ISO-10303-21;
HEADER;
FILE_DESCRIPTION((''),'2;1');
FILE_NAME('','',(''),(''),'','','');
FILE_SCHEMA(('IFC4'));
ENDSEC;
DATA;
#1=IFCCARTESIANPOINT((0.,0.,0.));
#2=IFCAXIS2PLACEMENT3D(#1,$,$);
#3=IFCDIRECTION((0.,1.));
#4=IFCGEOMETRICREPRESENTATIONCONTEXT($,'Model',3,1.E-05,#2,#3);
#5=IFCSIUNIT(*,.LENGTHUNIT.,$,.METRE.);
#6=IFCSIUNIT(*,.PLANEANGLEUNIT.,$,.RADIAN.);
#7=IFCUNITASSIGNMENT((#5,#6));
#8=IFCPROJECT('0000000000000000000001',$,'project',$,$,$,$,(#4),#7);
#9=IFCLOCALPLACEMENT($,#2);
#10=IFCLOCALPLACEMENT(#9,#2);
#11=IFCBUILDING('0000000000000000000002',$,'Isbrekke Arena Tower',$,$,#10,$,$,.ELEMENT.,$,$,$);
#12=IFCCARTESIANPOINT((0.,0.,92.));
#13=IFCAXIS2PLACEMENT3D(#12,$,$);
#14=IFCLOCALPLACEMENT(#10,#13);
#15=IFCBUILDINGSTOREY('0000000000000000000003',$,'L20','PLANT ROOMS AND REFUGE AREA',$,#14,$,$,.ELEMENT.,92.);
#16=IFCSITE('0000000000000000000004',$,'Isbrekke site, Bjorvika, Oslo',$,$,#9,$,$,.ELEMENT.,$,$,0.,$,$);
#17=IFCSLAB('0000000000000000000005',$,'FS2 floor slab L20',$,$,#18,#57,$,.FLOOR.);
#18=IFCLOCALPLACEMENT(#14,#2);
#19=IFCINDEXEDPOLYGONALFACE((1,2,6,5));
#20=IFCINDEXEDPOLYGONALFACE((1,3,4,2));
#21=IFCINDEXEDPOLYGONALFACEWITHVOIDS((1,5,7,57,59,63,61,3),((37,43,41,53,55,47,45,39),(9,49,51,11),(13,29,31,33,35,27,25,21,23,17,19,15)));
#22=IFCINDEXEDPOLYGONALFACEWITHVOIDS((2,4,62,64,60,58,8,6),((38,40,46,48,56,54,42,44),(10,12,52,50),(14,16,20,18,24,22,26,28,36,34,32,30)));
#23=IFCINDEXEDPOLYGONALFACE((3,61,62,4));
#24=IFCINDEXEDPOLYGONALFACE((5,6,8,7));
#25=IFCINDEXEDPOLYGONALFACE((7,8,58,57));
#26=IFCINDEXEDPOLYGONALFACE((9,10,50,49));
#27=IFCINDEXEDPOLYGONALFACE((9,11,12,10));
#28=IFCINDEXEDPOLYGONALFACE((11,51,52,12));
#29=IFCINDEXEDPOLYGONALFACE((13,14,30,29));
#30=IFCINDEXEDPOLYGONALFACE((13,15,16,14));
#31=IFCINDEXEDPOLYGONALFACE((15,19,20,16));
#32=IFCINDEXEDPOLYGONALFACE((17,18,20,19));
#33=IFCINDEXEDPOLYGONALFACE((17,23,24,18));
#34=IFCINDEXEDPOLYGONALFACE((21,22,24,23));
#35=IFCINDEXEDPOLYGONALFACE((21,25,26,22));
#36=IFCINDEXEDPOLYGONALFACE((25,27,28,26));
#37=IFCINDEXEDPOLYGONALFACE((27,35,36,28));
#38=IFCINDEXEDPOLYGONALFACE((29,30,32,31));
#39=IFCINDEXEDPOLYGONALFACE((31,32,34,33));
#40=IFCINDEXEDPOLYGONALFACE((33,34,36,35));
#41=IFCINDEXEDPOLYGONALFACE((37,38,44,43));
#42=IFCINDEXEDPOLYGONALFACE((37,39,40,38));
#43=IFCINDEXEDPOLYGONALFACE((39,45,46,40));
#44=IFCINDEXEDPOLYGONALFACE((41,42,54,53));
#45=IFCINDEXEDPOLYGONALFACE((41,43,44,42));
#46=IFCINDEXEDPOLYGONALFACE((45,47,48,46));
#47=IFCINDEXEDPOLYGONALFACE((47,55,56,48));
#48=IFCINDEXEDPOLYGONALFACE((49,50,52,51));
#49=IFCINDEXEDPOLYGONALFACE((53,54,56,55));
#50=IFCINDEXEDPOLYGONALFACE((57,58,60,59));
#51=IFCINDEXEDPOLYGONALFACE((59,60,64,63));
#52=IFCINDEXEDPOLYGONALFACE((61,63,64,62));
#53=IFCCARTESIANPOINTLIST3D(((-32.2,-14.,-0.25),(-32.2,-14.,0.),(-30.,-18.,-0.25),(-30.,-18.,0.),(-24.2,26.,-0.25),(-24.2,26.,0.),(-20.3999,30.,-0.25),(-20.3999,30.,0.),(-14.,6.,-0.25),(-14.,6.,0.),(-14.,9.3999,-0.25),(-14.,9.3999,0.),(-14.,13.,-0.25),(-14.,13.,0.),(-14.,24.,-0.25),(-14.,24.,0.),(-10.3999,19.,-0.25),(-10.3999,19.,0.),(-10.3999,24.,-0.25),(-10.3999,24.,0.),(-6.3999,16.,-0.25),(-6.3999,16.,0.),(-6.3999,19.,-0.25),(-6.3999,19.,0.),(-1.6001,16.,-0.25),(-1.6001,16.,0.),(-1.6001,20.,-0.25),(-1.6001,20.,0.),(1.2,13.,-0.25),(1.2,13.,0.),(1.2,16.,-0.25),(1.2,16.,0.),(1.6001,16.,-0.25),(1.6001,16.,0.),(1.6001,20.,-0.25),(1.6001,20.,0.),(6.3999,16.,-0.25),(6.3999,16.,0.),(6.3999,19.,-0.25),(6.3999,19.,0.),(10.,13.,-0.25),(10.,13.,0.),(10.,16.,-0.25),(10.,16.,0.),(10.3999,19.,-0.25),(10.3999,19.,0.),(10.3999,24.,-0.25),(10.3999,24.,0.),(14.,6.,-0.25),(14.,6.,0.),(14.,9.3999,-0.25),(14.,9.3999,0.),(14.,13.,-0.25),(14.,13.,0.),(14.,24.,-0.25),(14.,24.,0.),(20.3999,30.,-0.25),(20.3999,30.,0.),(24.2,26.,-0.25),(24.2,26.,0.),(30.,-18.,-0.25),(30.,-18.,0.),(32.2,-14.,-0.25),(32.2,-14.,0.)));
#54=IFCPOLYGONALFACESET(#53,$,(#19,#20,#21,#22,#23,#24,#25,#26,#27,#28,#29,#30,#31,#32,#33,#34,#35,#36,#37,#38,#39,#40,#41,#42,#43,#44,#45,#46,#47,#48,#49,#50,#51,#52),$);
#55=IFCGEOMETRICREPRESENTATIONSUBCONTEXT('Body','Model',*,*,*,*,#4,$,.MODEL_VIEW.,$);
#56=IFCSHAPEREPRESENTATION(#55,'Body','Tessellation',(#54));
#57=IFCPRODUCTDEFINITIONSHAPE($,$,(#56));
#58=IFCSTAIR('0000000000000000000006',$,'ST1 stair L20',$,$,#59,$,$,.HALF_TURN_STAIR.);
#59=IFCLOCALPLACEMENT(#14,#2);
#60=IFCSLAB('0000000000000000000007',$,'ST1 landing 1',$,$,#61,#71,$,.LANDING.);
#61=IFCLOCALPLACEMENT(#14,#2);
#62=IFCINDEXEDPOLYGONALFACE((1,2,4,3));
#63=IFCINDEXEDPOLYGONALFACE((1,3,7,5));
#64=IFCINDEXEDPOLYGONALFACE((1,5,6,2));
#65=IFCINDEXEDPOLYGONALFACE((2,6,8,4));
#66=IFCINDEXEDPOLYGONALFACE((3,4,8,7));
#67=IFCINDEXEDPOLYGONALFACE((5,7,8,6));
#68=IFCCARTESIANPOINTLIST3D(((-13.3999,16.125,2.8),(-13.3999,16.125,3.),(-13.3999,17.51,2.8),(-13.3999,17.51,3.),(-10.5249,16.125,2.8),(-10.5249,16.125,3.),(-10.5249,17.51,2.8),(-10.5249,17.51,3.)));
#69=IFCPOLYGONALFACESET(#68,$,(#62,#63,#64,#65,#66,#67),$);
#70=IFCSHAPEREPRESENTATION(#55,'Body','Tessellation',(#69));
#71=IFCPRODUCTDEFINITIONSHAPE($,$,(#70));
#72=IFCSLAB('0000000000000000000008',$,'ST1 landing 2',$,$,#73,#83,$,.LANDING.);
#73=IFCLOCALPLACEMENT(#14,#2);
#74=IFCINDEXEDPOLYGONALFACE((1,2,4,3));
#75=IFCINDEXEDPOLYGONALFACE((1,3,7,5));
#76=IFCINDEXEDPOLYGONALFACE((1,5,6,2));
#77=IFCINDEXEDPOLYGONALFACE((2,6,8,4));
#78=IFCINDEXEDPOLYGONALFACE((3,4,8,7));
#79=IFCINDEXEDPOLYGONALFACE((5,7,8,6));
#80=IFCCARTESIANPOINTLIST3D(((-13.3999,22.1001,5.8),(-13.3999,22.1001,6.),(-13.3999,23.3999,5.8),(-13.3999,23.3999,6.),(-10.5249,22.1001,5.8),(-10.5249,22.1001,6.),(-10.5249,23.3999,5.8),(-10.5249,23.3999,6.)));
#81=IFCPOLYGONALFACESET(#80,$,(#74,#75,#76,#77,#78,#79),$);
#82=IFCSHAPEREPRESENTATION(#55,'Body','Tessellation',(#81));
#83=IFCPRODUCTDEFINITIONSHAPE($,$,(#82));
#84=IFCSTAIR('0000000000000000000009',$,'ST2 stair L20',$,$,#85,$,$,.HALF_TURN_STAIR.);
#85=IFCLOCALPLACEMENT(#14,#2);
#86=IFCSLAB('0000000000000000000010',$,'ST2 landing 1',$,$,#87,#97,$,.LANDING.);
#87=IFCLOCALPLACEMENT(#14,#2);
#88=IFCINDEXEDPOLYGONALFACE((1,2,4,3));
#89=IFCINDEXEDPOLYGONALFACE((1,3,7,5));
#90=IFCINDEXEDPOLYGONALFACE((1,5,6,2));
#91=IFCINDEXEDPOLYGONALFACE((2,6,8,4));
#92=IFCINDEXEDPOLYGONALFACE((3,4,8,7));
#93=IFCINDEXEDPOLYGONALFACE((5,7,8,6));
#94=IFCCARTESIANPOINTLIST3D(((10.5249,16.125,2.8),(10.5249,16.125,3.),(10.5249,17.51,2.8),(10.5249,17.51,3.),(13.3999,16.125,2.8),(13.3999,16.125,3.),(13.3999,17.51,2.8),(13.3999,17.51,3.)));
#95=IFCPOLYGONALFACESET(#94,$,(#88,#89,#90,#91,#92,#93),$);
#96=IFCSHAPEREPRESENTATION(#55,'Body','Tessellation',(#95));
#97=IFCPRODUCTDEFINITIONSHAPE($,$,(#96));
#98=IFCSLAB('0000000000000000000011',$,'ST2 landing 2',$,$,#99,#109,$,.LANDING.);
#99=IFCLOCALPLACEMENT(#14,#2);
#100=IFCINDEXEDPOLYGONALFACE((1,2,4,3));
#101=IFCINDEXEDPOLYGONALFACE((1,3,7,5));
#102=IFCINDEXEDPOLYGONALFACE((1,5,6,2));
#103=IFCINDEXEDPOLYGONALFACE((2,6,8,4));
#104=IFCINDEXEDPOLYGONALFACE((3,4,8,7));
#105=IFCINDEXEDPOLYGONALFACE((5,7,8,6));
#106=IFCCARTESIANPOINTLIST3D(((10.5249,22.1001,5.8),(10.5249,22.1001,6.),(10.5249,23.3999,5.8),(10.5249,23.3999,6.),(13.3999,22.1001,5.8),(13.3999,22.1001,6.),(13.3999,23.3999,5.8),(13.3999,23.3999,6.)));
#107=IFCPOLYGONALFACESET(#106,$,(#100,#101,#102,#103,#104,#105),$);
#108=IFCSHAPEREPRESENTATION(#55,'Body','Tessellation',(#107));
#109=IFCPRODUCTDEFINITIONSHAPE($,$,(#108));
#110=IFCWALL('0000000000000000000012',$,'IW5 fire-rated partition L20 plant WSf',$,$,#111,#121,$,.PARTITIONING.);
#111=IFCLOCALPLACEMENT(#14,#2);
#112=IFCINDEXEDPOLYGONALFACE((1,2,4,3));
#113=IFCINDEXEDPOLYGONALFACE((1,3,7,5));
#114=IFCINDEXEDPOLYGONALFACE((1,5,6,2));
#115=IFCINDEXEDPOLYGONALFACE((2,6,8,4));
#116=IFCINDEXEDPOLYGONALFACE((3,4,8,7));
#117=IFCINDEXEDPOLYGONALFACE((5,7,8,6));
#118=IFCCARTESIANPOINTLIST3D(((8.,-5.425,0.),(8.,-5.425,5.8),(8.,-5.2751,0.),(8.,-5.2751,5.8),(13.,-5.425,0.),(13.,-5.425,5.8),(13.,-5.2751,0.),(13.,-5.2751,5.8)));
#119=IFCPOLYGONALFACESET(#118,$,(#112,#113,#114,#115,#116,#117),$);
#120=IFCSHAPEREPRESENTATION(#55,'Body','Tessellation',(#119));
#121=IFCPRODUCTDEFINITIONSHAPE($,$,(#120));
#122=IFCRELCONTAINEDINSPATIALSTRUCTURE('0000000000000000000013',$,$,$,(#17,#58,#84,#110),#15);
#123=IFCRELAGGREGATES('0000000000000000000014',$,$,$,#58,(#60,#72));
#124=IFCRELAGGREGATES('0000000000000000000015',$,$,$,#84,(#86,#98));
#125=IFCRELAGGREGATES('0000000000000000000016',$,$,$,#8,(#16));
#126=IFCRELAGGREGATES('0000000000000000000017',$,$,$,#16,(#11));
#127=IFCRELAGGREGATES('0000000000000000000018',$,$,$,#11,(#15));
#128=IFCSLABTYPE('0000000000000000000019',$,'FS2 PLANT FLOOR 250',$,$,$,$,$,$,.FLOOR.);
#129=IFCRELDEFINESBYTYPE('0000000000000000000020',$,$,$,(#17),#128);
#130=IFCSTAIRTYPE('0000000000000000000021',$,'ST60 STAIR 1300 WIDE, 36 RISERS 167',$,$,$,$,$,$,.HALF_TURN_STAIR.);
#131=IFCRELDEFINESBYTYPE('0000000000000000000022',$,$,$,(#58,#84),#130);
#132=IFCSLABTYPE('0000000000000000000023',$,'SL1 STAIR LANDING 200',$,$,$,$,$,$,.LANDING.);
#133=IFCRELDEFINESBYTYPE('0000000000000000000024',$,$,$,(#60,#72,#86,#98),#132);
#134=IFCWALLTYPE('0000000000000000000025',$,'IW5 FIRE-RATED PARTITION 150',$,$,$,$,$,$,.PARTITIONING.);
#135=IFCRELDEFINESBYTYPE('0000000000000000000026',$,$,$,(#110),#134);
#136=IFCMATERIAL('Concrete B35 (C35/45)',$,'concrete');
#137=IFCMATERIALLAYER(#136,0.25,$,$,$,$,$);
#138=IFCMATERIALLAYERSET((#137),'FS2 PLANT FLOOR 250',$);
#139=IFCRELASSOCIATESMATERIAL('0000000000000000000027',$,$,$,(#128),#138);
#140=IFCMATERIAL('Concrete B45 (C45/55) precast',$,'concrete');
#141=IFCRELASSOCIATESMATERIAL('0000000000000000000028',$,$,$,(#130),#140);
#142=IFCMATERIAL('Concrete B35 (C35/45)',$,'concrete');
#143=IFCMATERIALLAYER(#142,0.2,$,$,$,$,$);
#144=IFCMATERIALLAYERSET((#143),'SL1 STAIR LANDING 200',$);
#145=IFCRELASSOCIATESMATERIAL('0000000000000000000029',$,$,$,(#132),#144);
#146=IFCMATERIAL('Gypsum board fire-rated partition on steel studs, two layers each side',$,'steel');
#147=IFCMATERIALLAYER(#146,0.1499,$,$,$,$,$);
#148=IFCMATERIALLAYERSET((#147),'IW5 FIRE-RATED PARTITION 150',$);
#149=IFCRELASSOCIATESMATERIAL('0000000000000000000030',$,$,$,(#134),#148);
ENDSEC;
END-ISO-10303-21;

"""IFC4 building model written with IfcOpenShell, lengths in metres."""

from ifc_helpers import new_model, si_unit, direction, frame, frame_2d, origin, place, context, subcontext, project, spatial, polyline, rectangle, outline, extrude, material, layer, layer_set, type_object, element, aggregate, save


model = new_model("IFC4")

# Units and contexts
model_context = context("Model", 3, precision=1e-05, world=origin(), true_north=direction((0.0, 1.0)))
body_context = subcontext(model_context, "Body", "Model", "MODEL_VIEW")
ifc_project = project(units=[si_unit("LENGTHUNIT", "METRE"), si_unit("PLANEANGLEUNIT", "RADIAN")], contexts=[model_context])

# Site, building, storey
site_placement = place(None, origin())
site = spatial("IfcSite", under=ifc_project, at=site_placement, Name="Isbrekke site, Bjorvika, Oslo", CompositionType="ELEMENT", RefElevation=0.0)
building_placement = place(site_placement, origin())
building = spatial("IfcBuilding", under=site, at=building_placement, Name="Isbrekke Arena Tower", CompositionType="ELEMENT")
storey_placement = place(building_placement, frame((0.0, 0.0, 92.0)))
storey = spatial("IfcBuildingStorey", under=building, at=storey_placement, Name="L20", Description="PLANT ROOMS AND REFUGE AREA", CompositionType="ELEMENT", Elevation=92.0)

# Slab
ifc_material_1 = material(Name="Concrete B35 (C35/45)", Category="concrete")
ifc_layer_1 = layer(ifc_material_1, 0.25)
ifc_layer_set_1 = layer_set([ifc_layer_1], Name="FS2 PLANT FLOOR 250")
slab_type_1 = type_object("IfcSlabType", Name="FS2 PLANT FLOOR 250", PredefinedType="FLOOR", material=ifc_layer_set_1)
slab_1_placement = place(storey_placement, frame((0.0, 0.0, -0.25)))
element("IfcSlab", 1, at=slab_1_placement, inside=storey, type_object=slab_type_1, Name="FS2 floor slab L20", PredefinedType="FLOOR", context=body_context, shape_type="SweptSolid", body=[
    extrude(outline(polyline([(-30.0, -18.0), (30.0, -18.0), (32.2, -14.0), (24.2, 26.0), (20.3999, 30.0), (-20.3999, 30.0), (-24.2, 26.0), (-32.2, -14.0), (-30.0, -18.0)]), holes=[polyline([(14.0, 9.3999), (14.0, 6.0), (-14.0, 6.0), (-14.0, 9.3999), (14.0, 9.3999)]), polyline([(-6.3999, 19.0), (-6.3999, 16.0), (-1.6001, 16.0), (-1.6001, 20.0), (1.6001, 20.0), (1.6001, 16.0), (1.2, 16.0), (1.2, 13.0), (-14.0, 13.0), (-14.0, 24.0), (-10.3999, 24.0), (-10.3999, 19.0), (-6.3999, 19.0)]), polyline([(10.0, 13.0), (10.0, 16.0), (6.3999, 16.0), (6.3999, 19.0), (10.3999, 19.0), (10.3999, 24.0), (14.0, 24.0), (14.0, 13.0), (10.0, 13.0)])]), origin(), (0.0, 0.0, 1.0), 0.25),
])

# Stairs, slabs
ifc_material_2 = material(Name="Concrete B45 (C45/55) precast", Category="concrete")
stair_type = type_object("IfcStairType", Name="ST60 STAIR 1300 WIDE, 36 RISERS 167", PredefinedType="HALF_TURN_STAIR", material=ifc_material_2)
stair_1_placement = place(storey_placement, origin())
stair_1 = element("IfcStair", 2, at=stair_1_placement, inside=storey, type_object=stair_type, Name="ST1 stair L20", PredefinedType="HALF_TURN_STAIR")
ifc_material_3 = material(Name="Concrete B35 (C35/45)", Category="concrete")
ifc_layer_2 = layer(ifc_material_3, 0.2)
ifc_layer_set_2 = layer_set([ifc_layer_2], Name="SL1 STAIR LANDING 200")
slab_type_2 = type_object("IfcSlabType", Name="SL1 STAIR LANDING 200", PredefinedType="LANDING", material=ifc_layer_set_2)
slab_2_placement = place(storey_placement, frame((0.0, 0.0, 2.8)))
slab_2 = element("IfcSlab", 3, at=slab_2_placement, type_object=slab_type_2, Name="ST1 landing 1", PredefinedType="LANDING", context=body_context, shape_type="SweptSolid", body=[
    extrude(outline(polyline([(-13.3999, 16.125), (-10.5249, 16.125), (-10.5249, 17.51), (-13.3999, 17.51), (-13.3999, 16.125)])), origin(), (0.0, 0.0, 1.0), 0.2),
])
slab_3_placement = place(storey_placement, frame((0.0, 0.0, 5.8)))
slab_3 = element("IfcSlab", 4, at=slab_3_placement, type_object=slab_type_2, Name="ST1 landing 2", PredefinedType="LANDING", context=body_context, shape_type="SweptSolid", body=[
    extrude(outline(polyline([(-13.3999, 22.1001), (-10.5249, 22.1001), (-10.5249, 23.3999), (-13.3999, 23.3999), (-13.3999, 22.1001)])), origin(), (0.0, 0.0, 1.0), 0.2),
])
aggregate(stair_1, [slab_2, slab_3])
stair_2_placement = place(storey_placement, origin())
stair_2 = element("IfcStair", 5, at=stair_2_placement, inside=storey, type_object=stair_type, Name="ST2 stair L20", PredefinedType="HALF_TURN_STAIR")
slab_4_placement = place(storey_placement, frame((0.0, 0.0, 2.8)))
slab_4 = element("IfcSlab", 6, at=slab_4_placement, type_object=slab_type_2, Name="ST2 landing 1", PredefinedType="LANDING", context=body_context, shape_type="SweptSolid", body=[
    extrude(outline(polyline([(10.5249, 16.125), (13.3999, 16.125), (13.3999, 17.51), (10.5249, 17.51), (10.5249, 16.125)])), origin(), (0.0, 0.0, 1.0), 0.2),
])
slab_5_placement = place(storey_placement, frame((0.0, 0.0, 5.8)))
slab_5 = element("IfcSlab", 7, at=slab_5_placement, type_object=slab_type_2, Name="ST2 landing 2", PredefinedType="LANDING", context=body_context, shape_type="SweptSolid", body=[
    extrude(outline(polyline([(10.5249, 22.1001), (13.3999, 22.1001), (13.3999, 23.3999), (10.5249, 23.3999), (10.5249, 22.1001)])), origin(), (0.0, 0.0, 1.0), 0.2),
])
aggregate(stair_2, [slab_4, slab_5])

# Shared definitions
ifc_material_4 = material(Name="Gypsum board fire-rated partition on steel studs, two layers each side", Category="steel")
ifc_layer_3 = layer(ifc_material_4, 0.1499)
ifc_layer_set_3 = layer_set([ifc_layer_3], Name="IW5 FIRE-RATED PARTITION 150")
wall_type = type_object("IfcWallType", Name="IW5 FIRE-RATED PARTITION 150", PredefinedType="PARTITIONING", material=ifc_layer_set_3)

# Wall
wall_1_placement = place(storey_placement, frame((8.0, -5.3501, 0.0), z_axis=(0.0, 0.0, 1.0), x_axis=(1.0, 0.0, 0.0)))
element("IfcWall", 8, at=wall_1_placement, inside=storey, type_object=wall_type, Name="IW5 fire-rated partition L20 plant WSf", PredefinedType="PARTITIONING", context=body_context, shape_type="SweptSolid", body=[
    extrude(rectangle(XDim=5.0, YDim=0.1499, at=frame_2d((2.5, 0.0))), origin(), (0.0, 0.0, 1.0), 5.8),
])

save(model, "model.ifc")
